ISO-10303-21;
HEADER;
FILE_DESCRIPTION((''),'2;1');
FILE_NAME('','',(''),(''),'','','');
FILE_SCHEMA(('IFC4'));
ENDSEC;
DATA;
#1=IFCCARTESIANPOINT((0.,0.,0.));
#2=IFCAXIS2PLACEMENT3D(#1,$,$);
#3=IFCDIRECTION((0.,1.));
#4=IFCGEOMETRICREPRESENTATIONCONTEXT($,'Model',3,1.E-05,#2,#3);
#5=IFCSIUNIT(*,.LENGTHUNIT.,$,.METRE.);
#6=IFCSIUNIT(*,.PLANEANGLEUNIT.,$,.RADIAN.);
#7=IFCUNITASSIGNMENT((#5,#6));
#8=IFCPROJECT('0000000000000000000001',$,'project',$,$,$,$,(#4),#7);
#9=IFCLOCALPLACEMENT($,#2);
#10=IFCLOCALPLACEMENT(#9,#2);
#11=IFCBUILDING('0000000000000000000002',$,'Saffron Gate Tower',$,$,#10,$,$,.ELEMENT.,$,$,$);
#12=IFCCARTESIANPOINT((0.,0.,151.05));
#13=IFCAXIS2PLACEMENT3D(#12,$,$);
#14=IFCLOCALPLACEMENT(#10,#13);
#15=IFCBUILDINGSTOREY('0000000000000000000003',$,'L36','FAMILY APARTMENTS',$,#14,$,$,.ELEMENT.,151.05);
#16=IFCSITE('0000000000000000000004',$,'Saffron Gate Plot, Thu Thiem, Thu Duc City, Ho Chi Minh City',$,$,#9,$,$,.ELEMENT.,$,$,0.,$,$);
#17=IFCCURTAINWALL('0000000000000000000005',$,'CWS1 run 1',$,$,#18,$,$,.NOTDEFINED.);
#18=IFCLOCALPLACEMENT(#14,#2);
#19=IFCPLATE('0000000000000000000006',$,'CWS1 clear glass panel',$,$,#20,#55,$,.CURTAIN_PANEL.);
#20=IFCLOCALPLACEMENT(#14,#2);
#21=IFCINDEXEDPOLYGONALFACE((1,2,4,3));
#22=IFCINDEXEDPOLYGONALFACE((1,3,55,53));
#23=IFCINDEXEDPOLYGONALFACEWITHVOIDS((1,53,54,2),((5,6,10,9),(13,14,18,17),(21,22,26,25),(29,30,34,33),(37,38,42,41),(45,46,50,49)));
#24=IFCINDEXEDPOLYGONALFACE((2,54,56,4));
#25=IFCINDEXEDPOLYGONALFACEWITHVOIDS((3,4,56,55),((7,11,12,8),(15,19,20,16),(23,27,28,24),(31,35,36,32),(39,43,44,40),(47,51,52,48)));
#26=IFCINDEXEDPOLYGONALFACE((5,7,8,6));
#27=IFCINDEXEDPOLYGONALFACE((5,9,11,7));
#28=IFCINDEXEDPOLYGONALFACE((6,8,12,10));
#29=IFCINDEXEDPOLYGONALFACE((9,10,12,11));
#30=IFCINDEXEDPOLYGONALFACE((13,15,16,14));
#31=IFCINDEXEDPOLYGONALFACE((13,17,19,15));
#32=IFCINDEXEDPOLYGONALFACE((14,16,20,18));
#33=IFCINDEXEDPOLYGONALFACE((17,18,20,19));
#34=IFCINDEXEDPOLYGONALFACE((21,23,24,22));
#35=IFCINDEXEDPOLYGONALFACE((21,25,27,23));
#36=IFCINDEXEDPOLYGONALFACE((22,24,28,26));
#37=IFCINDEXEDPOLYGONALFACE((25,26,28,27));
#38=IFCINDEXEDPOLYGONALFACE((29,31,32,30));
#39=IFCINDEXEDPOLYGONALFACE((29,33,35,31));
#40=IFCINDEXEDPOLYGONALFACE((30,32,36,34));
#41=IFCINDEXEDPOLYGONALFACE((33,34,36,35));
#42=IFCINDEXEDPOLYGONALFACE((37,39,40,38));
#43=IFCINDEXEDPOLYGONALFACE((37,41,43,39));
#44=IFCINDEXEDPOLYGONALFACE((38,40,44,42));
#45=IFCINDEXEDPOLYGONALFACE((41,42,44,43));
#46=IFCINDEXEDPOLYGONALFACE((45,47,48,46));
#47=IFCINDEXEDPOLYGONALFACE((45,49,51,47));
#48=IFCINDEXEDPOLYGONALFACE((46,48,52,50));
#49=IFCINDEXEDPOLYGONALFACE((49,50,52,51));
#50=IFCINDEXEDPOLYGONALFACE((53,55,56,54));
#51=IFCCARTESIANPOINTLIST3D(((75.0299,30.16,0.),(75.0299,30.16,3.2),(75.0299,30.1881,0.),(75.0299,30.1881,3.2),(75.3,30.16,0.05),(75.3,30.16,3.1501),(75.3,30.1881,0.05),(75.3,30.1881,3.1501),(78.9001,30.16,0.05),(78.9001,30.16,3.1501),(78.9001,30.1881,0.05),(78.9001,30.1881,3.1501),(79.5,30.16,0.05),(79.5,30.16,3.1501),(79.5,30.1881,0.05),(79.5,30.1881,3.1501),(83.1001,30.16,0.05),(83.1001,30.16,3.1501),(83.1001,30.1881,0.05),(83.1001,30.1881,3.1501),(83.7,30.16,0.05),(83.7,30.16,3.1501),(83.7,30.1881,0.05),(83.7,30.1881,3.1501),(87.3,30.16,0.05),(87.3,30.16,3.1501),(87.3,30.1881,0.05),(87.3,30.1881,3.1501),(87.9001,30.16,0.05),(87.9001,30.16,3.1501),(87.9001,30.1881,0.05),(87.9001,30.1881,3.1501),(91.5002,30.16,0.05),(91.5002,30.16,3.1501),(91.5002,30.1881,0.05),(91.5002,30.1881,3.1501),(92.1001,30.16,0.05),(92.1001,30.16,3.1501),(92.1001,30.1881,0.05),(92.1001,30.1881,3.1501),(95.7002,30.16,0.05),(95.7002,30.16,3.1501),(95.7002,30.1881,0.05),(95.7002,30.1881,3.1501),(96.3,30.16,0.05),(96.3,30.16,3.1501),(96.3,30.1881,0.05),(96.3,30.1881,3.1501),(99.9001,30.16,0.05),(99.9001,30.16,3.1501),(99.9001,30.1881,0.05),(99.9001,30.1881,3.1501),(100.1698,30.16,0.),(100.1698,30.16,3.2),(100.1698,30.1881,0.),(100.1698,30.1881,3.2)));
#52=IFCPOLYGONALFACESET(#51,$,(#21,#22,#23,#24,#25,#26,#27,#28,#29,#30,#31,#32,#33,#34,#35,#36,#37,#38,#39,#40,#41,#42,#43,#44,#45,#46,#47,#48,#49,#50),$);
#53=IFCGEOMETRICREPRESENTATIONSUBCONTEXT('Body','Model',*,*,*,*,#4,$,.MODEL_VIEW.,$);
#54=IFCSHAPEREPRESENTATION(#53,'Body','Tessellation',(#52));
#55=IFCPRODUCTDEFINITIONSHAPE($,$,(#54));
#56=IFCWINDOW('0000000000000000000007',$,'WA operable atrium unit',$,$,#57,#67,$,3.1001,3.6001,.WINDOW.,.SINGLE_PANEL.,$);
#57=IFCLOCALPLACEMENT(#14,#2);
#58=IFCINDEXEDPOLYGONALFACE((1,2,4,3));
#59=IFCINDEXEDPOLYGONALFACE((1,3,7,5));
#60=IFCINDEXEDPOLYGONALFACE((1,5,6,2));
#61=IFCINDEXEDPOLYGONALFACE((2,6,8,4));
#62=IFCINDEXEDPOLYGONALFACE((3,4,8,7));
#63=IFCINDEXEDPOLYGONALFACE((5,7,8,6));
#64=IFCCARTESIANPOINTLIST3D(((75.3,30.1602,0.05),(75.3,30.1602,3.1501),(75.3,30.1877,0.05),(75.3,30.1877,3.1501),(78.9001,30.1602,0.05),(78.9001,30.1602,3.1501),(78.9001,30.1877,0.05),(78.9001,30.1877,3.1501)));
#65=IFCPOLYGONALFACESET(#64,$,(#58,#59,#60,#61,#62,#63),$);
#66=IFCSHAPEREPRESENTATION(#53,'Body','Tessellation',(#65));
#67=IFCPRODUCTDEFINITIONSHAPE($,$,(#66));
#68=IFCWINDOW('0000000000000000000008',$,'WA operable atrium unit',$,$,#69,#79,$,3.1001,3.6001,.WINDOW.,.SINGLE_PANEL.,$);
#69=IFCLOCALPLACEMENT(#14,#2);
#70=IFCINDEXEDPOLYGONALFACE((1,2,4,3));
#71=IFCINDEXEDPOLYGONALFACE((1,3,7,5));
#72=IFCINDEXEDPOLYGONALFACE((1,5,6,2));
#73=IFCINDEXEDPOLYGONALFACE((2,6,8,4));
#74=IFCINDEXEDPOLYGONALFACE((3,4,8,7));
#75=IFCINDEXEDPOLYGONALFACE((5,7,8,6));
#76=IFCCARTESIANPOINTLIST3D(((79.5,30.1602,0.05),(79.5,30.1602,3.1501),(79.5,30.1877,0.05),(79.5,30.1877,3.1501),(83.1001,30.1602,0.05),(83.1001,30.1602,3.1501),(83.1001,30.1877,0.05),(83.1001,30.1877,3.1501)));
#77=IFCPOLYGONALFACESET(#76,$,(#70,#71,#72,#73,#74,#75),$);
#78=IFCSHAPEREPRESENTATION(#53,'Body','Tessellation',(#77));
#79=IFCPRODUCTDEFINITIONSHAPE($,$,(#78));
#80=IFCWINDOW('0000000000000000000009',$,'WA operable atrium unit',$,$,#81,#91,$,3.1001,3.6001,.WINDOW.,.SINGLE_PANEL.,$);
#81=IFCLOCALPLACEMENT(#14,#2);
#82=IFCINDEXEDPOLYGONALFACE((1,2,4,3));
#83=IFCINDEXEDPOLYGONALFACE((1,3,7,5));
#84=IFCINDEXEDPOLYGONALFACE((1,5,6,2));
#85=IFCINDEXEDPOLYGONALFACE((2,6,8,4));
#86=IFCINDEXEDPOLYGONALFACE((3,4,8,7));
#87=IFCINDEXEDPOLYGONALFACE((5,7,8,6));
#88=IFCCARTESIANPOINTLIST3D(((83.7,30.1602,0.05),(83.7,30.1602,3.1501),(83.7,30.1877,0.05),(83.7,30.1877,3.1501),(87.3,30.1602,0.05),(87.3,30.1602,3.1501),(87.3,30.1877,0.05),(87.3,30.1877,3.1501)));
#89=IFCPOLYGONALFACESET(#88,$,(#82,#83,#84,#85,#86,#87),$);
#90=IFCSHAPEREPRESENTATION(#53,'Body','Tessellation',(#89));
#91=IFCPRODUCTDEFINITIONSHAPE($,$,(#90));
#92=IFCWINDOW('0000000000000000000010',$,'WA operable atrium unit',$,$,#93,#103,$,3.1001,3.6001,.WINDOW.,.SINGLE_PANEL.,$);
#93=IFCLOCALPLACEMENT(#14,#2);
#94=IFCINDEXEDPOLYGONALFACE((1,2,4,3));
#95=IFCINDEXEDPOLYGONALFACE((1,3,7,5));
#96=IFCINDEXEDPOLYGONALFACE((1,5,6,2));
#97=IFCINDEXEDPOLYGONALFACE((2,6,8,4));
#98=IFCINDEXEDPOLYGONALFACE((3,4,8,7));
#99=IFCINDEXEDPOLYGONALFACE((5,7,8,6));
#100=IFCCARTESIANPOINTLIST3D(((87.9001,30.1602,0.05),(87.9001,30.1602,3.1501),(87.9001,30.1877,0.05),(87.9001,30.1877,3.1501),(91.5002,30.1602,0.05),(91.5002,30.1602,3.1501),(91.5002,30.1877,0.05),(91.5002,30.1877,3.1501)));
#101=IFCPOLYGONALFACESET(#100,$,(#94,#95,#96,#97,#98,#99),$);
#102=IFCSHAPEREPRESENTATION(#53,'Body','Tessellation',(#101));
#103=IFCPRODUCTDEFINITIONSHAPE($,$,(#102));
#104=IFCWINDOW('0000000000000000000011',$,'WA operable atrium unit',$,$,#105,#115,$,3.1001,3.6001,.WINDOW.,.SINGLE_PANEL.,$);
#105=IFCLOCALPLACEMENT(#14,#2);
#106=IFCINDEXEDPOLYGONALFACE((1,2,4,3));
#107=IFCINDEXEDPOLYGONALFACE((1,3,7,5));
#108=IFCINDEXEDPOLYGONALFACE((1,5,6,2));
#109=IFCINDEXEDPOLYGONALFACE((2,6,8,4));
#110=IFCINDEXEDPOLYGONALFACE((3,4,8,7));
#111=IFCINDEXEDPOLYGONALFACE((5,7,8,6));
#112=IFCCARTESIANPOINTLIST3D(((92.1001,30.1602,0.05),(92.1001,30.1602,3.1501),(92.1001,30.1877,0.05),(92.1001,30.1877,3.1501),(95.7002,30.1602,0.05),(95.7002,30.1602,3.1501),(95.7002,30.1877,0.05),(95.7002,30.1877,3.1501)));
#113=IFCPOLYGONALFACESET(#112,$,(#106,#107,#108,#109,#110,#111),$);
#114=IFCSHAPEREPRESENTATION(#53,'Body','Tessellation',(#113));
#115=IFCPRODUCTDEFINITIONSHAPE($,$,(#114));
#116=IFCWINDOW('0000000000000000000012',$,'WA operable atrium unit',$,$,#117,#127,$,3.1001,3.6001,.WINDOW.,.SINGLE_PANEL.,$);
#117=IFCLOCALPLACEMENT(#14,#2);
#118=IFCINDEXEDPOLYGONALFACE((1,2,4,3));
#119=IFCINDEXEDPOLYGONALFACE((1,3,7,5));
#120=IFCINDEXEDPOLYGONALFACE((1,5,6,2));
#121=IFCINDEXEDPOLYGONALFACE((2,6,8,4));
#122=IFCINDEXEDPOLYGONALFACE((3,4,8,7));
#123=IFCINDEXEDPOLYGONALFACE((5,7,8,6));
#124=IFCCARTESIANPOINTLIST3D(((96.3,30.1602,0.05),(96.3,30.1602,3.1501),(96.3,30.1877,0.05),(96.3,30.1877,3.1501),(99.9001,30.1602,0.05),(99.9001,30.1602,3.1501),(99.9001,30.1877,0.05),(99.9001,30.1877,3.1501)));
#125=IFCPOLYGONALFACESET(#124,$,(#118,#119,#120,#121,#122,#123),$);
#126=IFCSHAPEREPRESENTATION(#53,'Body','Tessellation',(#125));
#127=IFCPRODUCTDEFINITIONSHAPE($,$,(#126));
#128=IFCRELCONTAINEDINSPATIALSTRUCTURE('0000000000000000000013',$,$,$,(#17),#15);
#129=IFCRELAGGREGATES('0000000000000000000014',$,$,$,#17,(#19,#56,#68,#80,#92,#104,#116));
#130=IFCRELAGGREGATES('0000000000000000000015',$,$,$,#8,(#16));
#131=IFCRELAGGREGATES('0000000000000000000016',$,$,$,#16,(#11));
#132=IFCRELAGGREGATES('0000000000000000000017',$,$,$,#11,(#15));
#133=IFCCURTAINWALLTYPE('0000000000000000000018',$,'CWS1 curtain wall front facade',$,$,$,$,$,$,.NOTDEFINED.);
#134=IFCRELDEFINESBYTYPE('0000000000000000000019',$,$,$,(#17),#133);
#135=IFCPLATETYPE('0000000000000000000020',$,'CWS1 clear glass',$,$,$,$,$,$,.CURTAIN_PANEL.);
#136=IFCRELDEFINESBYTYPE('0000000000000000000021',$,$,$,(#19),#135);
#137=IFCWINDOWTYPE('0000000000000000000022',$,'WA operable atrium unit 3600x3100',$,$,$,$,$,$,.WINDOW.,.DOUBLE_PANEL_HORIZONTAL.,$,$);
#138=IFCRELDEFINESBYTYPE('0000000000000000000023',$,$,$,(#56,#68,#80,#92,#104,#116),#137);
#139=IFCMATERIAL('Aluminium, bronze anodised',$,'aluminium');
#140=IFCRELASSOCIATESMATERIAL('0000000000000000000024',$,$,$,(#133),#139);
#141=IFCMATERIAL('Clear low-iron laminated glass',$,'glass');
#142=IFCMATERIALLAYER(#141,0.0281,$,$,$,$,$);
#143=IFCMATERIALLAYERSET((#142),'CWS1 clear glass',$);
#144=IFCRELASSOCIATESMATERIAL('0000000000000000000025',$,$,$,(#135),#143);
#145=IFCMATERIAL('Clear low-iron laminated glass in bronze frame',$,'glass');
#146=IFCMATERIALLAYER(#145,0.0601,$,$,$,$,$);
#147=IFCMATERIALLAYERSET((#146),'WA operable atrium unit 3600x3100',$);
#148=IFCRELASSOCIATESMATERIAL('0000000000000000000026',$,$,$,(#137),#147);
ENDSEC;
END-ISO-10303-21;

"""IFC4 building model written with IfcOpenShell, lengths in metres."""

from ifc_helpers import new_model, si_unit, direction, frame, frame_2d, origin, place, context, subcontext, project, spatial, rectangle, extrude, material, layer, layer_set, type_object, element, fill, aggregate, save


model = new_model("IFC4")

# Units and contexts
model_context = context("Model", 3, precision=1e-05, world=origin(), true_north=direction((0.0, 1.0)))
body_context = subcontext(model_context, "Body", "Model", "MODEL_VIEW")
ifc_project = project(units=[si_unit("LENGTHUNIT", "METRE"), si_unit("PLANEANGLEUNIT", "RADIAN")], contexts=[model_context])

# Site, building, storey
site_placement = place(None, origin())
site = spatial("IfcSite", under=ifc_project, at=site_placement, Name="Saffron Gate Plot, Thu Thiem, Thu Duc City, Ho Chi Minh City", CompositionType="ELEMENT", RefElevation=0.0)
building_placement = place(site_placement, origin())
building = spatial("IfcBuilding", under=site, at=building_placement, Name="Saffron Gate Tower", CompositionType="ELEMENT")
storey_placement = place(building_placement, frame((0.0, 0.0, 151.05)))
storey = spatial("IfcBuildingStorey", under=building, at=storey_placement, Name="L36", Description="FAMILY APARTMENTS", CompositionType="ELEMENT", Elevation=151.05)

# Curtain wall, plate, openings, windows
ifc_material_1 = material(Name="Aluminium, bronze anodised", Category="aluminium")
curtain_wall_type = type_object("IfcCurtainWallType", Name="CWS1 curtain wall front facade", PredefinedType="NOTDEFINED", material=ifc_material_1)
curtain_wall_placement = place(storey_placement, origin())
curtain_wall = element("IfcCurtainWall", 1, at=curtain_wall_placement, inside=storey, type_object=curtain_wall_type, Name="CWS1 run 1", PredefinedType="NOTDEFINED")
ifc_material_2 = material(Name="Clear low-iron laminated glass", Category="glass")
ifc_layer_1 = layer(ifc_material_2, 0.0281)
ifc_layer_set_1 = layer_set([ifc_layer_1], Name="CWS1 clear glass")
plate_type = type_object("IfcPlateType", Name="CWS1 clear glass", PredefinedType="CURTAIN_PANEL", material=ifc_layer_set_1)
plate_placement = place(storey_placement, frame((75.03, 30.1741, 0.0), z_axis=(0.0, 0.0, 1.0), x_axis=(1.0, 0.0, 0.0)))
plate = element("IfcPlate", 2, at=plate_placement, type_object=plate_type, Name="CWS1 clear glass panel", PredefinedType="CURTAIN_PANEL", context=body_context, shape_type="SweptSolid", body=[
    extrude(rectangle(XDim=25.1399, YDim=0.0281, at=frame_2d((12.5698, 0.0))), origin(), (0.0, 0.0, 1.0), 3.2),
])
opening_1_placement = place(plate_placement, frame((0.27, 0.0, 0.05)))
opening_1 = element("IfcOpeningElement", 3, at=opening_1_placement, cuts=plate, PredefinedType="OPENING", context=body_context, shape_type="SweptSolid", body=[
    extrude(rectangle(XDim=3.6001, YDim=3.1001, at=frame_2d((1.8, 1.55))), frame((0.0, 0.0239, 0.0), z_axis=(0.0, -1.0, 0.0), x_axis=(1.0, 0.0, 0.0)), (0.0, 0.0, 1.0), 0.0481),
])
opening_2_placement = place(plate_placement, frame((4.47, 0.0, 0.05)))
opening_2 = element("IfcOpeningElement", 4, at=opening_2_placement, cuts=plate, PredefinedType="OPENING", context=body_context, shape_type="SweptSolid", body=[
    extrude(rectangle(XDim=3.6001, YDim=3.1001, at=frame_2d((1.8, 1.55))), frame((0.0, 0.0239, 0.0), z_axis=(0.0, -1.0, 0.0), x_axis=(1.0, 0.0, 0.0)), (0.0, 0.0, 1.0), 0.0481),
])
opening_3_placement = place(plate_placement, frame((8.6699, 0.0, 0.05)))
opening_3 = element("IfcOpeningElement", 5, at=opening_3_placement, cuts=plate, PredefinedType="OPENING", context=body_context, shape_type="SweptSolid", body=[
    extrude(rectangle(XDim=3.6001, YDim=3.1001, at=frame_2d((1.8, 1.55))), frame((0.0, 0.0239, 0.0), z_axis=(0.0, -1.0, 0.0), x_axis=(1.0, 0.0, 0.0)), (0.0, 0.0, 1.0), 0.0481),
])
opening_4_placement = place(plate_placement, frame((12.8701, 0.0, 0.05)))
opening_4 = element("IfcOpeningElement", 6, at=opening_4_placement, cuts=plate, PredefinedType="OPENING", context=body_context, shape_type="SweptSolid", body=[
    extrude(rectangle(XDim=3.6001, YDim=3.1001, at=frame_2d((1.8, 1.55))), frame((0.0, 0.0239, 0.0), z_axis=(0.0, -1.0, 0.0), x_axis=(1.0, 0.0, 0.0)), (0.0, 0.0, 1.0), 0.0481),
])
opening_5_placement = place(plate_placement, frame((17.0701, 0.0, 0.05)))
opening_5 = element("IfcOpeningElement", 7, at=opening_5_placement, cuts=plate, PredefinedType="OPENING", context=body_context, shape_type="SweptSolid", body=[
    extrude(rectangle(XDim=3.6001, YDim=3.1001, at=frame_2d((1.8, 1.55))), frame((0.0, 0.0239, 0.0), z_axis=(0.0, -1.0, 0.0), x_axis=(1.0, 0.0, 0.0)), (0.0, 0.0, 1.0), 0.0481),
])
opening_6_placement = place(plate_placement, frame((21.27, 0.0, 0.05)))
opening_6 = element("IfcOpeningElement", 8, at=opening_6_placement, cuts=plate, PredefinedType="OPENING", context=body_context, shape_type="SweptSolid", body=[
    extrude(rectangle(XDim=3.6001, YDim=3.1001, at=frame_2d((1.8, 1.55))), frame((0.0, 0.0239, 0.0), z_axis=(0.0, -1.0, 0.0), x_axis=(1.0, 0.0, 0.0)), (0.0, 0.0, 1.0), 0.0481),
])
ifc_material_3 = material(Name="Clear low-iron laminated glass in bronze frame", Category="glass")
ifc_layer_2 = layer(ifc_material_3, 0.0601)
ifc_layer_set_2 = layer_set([ifc_layer_2], Name="WA operable atrium unit 3600x3100")
window_type = type_object("IfcWindowType", Name="WA operable atrium unit 3600x3100", PartitioningType="DOUBLE_PANEL_HORIZONTAL", PredefinedType="WINDOW", material=ifc_layer_set_2)
window_1_placement = place(opening_1_placement, origin())
window_1 = element("IfcWindow", 9, at=window_1_placement, type_object=window_type, Name="WA operable atrium unit", OverallHeight=3.1001, OverallWidth=3.6001, PartitioningType="SINGLE_PANEL", PredefinedType="WINDOW", context=body_context, shape_type="SweptSolid", body=[
    extrude(rectangle(XDim=3.6001, YDim=3.1001, at=frame_2d((1.8, 1.55))), frame((0.0, 0.0137, 0.0), z_axis=(0.0, -1.0, 0.0), x_axis=(1.0, 0.0, 0.0)), (0.0, 0.0, 1.0), 0.0276),
])
fill(opening_1, window_1)
window_2_placement = place(opening_2_placement, origin())
window_2 = element("IfcWindow", 10, at=window_2_placement, type_object=window_type, Name="WA operable atrium unit", OverallHeight=3.1001, OverallWidth=3.6001, PartitioningType="SINGLE_PANEL", PredefinedType="WINDOW", context=body_context, shape_type="SweptSolid", body=[
    extrude(rectangle(XDim=3.6001, YDim=3.1001, at=frame_2d((1.8, 1.55))), frame((0.0, 0.0137, 0.0), z_axis=(0.0, -1.0, 0.0), x_axis=(1.0, 0.0, 0.0)), (0.0, 0.0, 1.0), 0.0276),
])
fill(opening_2, window_2)
window_3_placement = place(opening_3_placement, origin())
window_3 = element("IfcWindow", 11, at=window_3_placement, type_object=window_type, Name="WA operable atrium unit", OverallHeight=3.1001, OverallWidth=3.6001, PartitioningType="SINGLE_PANEL", PredefinedType="WINDOW", context=body_context, shape_type="SweptSolid", body=[
    extrude(rectangle(XDim=3.6001, YDim=3.1001, at=frame_2d((1.8, 1.55))), frame((0.0, 0.0137, 0.0), z_axis=(0.0, -1.0, 0.0), x_axis=(1.0, 0.0, 0.0)), (0.0, 0.0, 1.0), 0.0276),
])
fill(opening_3, window_3)
window_4_placement = place(opening_4_placement, origin())
window_4 = element("IfcWindow", 12, at=window_4_placement, type_object=window_type, Name="WA operable atrium unit", OverallHeight=3.1001, OverallWidth=3.6001, PartitioningType="SINGLE_PANEL", PredefinedType="WINDOW", context=body_context, shape_type="SweptSolid", body=[
    extrude(rectangle(XDim=3.6001, YDim=3.1001, at=frame_2d((1.8, 1.55))), frame((0.0, 0.0137, 0.0), z_axis=(0.0, -1.0, 0.0), x_axis=(1.0, 0.0, 0.0)), (0.0, 0.0, 1.0), 0.0276),
])
fill(opening_4, window_4)
window_5_placement = place(opening_5_placement, origin())
window_5 = element("IfcWindow", 13, at=window_5_placement, type_object=window_type, Name="WA operable atrium unit", OverallHeight=3.1001, OverallWidth=3.6001, PartitioningType="SINGLE_PANEL", PredefinedType="WINDOW", context=body_context, shape_type="SweptSolid", body=[
    extrude(rectangle(XDim=3.6001, YDim=3.1001, at=frame_2d((1.8, 1.55))), frame((0.0, 0.0137, 0.0), z_axis=(0.0, -1.0, 0.0), x_axis=(1.0, 0.0, 0.0)), (0.0, 0.0, 1.0), 0.0276),
])
fill(opening_5, window_5)
window_6_placement = place(opening_6_placement, origin())
window_6 = element("IfcWindow", 14, at=window_6_placement, type_object=window_type, Name="WA operable atrium unit", OverallHeight=3.1001, OverallWidth=3.6001, PartitioningType="SINGLE_PANEL", PredefinedType="WINDOW", context=body_context, shape_type="SweptSolid", body=[
    extrude(rectangle(XDim=3.6001, YDim=3.1001, at=frame_2d((1.8, 1.55))), frame((0.0, 0.0137, 0.0), z_axis=(0.0, -1.0, 0.0), x_axis=(1.0, 0.0, 0.0)), (0.0, 0.0, 1.0), 0.0276),
])
fill(opening_6, window_6)
aggregate(curtain_wall, [plate, window_1, window_2, window_3, window_4, window_5, window_6])

save(model, "model.ifc")
